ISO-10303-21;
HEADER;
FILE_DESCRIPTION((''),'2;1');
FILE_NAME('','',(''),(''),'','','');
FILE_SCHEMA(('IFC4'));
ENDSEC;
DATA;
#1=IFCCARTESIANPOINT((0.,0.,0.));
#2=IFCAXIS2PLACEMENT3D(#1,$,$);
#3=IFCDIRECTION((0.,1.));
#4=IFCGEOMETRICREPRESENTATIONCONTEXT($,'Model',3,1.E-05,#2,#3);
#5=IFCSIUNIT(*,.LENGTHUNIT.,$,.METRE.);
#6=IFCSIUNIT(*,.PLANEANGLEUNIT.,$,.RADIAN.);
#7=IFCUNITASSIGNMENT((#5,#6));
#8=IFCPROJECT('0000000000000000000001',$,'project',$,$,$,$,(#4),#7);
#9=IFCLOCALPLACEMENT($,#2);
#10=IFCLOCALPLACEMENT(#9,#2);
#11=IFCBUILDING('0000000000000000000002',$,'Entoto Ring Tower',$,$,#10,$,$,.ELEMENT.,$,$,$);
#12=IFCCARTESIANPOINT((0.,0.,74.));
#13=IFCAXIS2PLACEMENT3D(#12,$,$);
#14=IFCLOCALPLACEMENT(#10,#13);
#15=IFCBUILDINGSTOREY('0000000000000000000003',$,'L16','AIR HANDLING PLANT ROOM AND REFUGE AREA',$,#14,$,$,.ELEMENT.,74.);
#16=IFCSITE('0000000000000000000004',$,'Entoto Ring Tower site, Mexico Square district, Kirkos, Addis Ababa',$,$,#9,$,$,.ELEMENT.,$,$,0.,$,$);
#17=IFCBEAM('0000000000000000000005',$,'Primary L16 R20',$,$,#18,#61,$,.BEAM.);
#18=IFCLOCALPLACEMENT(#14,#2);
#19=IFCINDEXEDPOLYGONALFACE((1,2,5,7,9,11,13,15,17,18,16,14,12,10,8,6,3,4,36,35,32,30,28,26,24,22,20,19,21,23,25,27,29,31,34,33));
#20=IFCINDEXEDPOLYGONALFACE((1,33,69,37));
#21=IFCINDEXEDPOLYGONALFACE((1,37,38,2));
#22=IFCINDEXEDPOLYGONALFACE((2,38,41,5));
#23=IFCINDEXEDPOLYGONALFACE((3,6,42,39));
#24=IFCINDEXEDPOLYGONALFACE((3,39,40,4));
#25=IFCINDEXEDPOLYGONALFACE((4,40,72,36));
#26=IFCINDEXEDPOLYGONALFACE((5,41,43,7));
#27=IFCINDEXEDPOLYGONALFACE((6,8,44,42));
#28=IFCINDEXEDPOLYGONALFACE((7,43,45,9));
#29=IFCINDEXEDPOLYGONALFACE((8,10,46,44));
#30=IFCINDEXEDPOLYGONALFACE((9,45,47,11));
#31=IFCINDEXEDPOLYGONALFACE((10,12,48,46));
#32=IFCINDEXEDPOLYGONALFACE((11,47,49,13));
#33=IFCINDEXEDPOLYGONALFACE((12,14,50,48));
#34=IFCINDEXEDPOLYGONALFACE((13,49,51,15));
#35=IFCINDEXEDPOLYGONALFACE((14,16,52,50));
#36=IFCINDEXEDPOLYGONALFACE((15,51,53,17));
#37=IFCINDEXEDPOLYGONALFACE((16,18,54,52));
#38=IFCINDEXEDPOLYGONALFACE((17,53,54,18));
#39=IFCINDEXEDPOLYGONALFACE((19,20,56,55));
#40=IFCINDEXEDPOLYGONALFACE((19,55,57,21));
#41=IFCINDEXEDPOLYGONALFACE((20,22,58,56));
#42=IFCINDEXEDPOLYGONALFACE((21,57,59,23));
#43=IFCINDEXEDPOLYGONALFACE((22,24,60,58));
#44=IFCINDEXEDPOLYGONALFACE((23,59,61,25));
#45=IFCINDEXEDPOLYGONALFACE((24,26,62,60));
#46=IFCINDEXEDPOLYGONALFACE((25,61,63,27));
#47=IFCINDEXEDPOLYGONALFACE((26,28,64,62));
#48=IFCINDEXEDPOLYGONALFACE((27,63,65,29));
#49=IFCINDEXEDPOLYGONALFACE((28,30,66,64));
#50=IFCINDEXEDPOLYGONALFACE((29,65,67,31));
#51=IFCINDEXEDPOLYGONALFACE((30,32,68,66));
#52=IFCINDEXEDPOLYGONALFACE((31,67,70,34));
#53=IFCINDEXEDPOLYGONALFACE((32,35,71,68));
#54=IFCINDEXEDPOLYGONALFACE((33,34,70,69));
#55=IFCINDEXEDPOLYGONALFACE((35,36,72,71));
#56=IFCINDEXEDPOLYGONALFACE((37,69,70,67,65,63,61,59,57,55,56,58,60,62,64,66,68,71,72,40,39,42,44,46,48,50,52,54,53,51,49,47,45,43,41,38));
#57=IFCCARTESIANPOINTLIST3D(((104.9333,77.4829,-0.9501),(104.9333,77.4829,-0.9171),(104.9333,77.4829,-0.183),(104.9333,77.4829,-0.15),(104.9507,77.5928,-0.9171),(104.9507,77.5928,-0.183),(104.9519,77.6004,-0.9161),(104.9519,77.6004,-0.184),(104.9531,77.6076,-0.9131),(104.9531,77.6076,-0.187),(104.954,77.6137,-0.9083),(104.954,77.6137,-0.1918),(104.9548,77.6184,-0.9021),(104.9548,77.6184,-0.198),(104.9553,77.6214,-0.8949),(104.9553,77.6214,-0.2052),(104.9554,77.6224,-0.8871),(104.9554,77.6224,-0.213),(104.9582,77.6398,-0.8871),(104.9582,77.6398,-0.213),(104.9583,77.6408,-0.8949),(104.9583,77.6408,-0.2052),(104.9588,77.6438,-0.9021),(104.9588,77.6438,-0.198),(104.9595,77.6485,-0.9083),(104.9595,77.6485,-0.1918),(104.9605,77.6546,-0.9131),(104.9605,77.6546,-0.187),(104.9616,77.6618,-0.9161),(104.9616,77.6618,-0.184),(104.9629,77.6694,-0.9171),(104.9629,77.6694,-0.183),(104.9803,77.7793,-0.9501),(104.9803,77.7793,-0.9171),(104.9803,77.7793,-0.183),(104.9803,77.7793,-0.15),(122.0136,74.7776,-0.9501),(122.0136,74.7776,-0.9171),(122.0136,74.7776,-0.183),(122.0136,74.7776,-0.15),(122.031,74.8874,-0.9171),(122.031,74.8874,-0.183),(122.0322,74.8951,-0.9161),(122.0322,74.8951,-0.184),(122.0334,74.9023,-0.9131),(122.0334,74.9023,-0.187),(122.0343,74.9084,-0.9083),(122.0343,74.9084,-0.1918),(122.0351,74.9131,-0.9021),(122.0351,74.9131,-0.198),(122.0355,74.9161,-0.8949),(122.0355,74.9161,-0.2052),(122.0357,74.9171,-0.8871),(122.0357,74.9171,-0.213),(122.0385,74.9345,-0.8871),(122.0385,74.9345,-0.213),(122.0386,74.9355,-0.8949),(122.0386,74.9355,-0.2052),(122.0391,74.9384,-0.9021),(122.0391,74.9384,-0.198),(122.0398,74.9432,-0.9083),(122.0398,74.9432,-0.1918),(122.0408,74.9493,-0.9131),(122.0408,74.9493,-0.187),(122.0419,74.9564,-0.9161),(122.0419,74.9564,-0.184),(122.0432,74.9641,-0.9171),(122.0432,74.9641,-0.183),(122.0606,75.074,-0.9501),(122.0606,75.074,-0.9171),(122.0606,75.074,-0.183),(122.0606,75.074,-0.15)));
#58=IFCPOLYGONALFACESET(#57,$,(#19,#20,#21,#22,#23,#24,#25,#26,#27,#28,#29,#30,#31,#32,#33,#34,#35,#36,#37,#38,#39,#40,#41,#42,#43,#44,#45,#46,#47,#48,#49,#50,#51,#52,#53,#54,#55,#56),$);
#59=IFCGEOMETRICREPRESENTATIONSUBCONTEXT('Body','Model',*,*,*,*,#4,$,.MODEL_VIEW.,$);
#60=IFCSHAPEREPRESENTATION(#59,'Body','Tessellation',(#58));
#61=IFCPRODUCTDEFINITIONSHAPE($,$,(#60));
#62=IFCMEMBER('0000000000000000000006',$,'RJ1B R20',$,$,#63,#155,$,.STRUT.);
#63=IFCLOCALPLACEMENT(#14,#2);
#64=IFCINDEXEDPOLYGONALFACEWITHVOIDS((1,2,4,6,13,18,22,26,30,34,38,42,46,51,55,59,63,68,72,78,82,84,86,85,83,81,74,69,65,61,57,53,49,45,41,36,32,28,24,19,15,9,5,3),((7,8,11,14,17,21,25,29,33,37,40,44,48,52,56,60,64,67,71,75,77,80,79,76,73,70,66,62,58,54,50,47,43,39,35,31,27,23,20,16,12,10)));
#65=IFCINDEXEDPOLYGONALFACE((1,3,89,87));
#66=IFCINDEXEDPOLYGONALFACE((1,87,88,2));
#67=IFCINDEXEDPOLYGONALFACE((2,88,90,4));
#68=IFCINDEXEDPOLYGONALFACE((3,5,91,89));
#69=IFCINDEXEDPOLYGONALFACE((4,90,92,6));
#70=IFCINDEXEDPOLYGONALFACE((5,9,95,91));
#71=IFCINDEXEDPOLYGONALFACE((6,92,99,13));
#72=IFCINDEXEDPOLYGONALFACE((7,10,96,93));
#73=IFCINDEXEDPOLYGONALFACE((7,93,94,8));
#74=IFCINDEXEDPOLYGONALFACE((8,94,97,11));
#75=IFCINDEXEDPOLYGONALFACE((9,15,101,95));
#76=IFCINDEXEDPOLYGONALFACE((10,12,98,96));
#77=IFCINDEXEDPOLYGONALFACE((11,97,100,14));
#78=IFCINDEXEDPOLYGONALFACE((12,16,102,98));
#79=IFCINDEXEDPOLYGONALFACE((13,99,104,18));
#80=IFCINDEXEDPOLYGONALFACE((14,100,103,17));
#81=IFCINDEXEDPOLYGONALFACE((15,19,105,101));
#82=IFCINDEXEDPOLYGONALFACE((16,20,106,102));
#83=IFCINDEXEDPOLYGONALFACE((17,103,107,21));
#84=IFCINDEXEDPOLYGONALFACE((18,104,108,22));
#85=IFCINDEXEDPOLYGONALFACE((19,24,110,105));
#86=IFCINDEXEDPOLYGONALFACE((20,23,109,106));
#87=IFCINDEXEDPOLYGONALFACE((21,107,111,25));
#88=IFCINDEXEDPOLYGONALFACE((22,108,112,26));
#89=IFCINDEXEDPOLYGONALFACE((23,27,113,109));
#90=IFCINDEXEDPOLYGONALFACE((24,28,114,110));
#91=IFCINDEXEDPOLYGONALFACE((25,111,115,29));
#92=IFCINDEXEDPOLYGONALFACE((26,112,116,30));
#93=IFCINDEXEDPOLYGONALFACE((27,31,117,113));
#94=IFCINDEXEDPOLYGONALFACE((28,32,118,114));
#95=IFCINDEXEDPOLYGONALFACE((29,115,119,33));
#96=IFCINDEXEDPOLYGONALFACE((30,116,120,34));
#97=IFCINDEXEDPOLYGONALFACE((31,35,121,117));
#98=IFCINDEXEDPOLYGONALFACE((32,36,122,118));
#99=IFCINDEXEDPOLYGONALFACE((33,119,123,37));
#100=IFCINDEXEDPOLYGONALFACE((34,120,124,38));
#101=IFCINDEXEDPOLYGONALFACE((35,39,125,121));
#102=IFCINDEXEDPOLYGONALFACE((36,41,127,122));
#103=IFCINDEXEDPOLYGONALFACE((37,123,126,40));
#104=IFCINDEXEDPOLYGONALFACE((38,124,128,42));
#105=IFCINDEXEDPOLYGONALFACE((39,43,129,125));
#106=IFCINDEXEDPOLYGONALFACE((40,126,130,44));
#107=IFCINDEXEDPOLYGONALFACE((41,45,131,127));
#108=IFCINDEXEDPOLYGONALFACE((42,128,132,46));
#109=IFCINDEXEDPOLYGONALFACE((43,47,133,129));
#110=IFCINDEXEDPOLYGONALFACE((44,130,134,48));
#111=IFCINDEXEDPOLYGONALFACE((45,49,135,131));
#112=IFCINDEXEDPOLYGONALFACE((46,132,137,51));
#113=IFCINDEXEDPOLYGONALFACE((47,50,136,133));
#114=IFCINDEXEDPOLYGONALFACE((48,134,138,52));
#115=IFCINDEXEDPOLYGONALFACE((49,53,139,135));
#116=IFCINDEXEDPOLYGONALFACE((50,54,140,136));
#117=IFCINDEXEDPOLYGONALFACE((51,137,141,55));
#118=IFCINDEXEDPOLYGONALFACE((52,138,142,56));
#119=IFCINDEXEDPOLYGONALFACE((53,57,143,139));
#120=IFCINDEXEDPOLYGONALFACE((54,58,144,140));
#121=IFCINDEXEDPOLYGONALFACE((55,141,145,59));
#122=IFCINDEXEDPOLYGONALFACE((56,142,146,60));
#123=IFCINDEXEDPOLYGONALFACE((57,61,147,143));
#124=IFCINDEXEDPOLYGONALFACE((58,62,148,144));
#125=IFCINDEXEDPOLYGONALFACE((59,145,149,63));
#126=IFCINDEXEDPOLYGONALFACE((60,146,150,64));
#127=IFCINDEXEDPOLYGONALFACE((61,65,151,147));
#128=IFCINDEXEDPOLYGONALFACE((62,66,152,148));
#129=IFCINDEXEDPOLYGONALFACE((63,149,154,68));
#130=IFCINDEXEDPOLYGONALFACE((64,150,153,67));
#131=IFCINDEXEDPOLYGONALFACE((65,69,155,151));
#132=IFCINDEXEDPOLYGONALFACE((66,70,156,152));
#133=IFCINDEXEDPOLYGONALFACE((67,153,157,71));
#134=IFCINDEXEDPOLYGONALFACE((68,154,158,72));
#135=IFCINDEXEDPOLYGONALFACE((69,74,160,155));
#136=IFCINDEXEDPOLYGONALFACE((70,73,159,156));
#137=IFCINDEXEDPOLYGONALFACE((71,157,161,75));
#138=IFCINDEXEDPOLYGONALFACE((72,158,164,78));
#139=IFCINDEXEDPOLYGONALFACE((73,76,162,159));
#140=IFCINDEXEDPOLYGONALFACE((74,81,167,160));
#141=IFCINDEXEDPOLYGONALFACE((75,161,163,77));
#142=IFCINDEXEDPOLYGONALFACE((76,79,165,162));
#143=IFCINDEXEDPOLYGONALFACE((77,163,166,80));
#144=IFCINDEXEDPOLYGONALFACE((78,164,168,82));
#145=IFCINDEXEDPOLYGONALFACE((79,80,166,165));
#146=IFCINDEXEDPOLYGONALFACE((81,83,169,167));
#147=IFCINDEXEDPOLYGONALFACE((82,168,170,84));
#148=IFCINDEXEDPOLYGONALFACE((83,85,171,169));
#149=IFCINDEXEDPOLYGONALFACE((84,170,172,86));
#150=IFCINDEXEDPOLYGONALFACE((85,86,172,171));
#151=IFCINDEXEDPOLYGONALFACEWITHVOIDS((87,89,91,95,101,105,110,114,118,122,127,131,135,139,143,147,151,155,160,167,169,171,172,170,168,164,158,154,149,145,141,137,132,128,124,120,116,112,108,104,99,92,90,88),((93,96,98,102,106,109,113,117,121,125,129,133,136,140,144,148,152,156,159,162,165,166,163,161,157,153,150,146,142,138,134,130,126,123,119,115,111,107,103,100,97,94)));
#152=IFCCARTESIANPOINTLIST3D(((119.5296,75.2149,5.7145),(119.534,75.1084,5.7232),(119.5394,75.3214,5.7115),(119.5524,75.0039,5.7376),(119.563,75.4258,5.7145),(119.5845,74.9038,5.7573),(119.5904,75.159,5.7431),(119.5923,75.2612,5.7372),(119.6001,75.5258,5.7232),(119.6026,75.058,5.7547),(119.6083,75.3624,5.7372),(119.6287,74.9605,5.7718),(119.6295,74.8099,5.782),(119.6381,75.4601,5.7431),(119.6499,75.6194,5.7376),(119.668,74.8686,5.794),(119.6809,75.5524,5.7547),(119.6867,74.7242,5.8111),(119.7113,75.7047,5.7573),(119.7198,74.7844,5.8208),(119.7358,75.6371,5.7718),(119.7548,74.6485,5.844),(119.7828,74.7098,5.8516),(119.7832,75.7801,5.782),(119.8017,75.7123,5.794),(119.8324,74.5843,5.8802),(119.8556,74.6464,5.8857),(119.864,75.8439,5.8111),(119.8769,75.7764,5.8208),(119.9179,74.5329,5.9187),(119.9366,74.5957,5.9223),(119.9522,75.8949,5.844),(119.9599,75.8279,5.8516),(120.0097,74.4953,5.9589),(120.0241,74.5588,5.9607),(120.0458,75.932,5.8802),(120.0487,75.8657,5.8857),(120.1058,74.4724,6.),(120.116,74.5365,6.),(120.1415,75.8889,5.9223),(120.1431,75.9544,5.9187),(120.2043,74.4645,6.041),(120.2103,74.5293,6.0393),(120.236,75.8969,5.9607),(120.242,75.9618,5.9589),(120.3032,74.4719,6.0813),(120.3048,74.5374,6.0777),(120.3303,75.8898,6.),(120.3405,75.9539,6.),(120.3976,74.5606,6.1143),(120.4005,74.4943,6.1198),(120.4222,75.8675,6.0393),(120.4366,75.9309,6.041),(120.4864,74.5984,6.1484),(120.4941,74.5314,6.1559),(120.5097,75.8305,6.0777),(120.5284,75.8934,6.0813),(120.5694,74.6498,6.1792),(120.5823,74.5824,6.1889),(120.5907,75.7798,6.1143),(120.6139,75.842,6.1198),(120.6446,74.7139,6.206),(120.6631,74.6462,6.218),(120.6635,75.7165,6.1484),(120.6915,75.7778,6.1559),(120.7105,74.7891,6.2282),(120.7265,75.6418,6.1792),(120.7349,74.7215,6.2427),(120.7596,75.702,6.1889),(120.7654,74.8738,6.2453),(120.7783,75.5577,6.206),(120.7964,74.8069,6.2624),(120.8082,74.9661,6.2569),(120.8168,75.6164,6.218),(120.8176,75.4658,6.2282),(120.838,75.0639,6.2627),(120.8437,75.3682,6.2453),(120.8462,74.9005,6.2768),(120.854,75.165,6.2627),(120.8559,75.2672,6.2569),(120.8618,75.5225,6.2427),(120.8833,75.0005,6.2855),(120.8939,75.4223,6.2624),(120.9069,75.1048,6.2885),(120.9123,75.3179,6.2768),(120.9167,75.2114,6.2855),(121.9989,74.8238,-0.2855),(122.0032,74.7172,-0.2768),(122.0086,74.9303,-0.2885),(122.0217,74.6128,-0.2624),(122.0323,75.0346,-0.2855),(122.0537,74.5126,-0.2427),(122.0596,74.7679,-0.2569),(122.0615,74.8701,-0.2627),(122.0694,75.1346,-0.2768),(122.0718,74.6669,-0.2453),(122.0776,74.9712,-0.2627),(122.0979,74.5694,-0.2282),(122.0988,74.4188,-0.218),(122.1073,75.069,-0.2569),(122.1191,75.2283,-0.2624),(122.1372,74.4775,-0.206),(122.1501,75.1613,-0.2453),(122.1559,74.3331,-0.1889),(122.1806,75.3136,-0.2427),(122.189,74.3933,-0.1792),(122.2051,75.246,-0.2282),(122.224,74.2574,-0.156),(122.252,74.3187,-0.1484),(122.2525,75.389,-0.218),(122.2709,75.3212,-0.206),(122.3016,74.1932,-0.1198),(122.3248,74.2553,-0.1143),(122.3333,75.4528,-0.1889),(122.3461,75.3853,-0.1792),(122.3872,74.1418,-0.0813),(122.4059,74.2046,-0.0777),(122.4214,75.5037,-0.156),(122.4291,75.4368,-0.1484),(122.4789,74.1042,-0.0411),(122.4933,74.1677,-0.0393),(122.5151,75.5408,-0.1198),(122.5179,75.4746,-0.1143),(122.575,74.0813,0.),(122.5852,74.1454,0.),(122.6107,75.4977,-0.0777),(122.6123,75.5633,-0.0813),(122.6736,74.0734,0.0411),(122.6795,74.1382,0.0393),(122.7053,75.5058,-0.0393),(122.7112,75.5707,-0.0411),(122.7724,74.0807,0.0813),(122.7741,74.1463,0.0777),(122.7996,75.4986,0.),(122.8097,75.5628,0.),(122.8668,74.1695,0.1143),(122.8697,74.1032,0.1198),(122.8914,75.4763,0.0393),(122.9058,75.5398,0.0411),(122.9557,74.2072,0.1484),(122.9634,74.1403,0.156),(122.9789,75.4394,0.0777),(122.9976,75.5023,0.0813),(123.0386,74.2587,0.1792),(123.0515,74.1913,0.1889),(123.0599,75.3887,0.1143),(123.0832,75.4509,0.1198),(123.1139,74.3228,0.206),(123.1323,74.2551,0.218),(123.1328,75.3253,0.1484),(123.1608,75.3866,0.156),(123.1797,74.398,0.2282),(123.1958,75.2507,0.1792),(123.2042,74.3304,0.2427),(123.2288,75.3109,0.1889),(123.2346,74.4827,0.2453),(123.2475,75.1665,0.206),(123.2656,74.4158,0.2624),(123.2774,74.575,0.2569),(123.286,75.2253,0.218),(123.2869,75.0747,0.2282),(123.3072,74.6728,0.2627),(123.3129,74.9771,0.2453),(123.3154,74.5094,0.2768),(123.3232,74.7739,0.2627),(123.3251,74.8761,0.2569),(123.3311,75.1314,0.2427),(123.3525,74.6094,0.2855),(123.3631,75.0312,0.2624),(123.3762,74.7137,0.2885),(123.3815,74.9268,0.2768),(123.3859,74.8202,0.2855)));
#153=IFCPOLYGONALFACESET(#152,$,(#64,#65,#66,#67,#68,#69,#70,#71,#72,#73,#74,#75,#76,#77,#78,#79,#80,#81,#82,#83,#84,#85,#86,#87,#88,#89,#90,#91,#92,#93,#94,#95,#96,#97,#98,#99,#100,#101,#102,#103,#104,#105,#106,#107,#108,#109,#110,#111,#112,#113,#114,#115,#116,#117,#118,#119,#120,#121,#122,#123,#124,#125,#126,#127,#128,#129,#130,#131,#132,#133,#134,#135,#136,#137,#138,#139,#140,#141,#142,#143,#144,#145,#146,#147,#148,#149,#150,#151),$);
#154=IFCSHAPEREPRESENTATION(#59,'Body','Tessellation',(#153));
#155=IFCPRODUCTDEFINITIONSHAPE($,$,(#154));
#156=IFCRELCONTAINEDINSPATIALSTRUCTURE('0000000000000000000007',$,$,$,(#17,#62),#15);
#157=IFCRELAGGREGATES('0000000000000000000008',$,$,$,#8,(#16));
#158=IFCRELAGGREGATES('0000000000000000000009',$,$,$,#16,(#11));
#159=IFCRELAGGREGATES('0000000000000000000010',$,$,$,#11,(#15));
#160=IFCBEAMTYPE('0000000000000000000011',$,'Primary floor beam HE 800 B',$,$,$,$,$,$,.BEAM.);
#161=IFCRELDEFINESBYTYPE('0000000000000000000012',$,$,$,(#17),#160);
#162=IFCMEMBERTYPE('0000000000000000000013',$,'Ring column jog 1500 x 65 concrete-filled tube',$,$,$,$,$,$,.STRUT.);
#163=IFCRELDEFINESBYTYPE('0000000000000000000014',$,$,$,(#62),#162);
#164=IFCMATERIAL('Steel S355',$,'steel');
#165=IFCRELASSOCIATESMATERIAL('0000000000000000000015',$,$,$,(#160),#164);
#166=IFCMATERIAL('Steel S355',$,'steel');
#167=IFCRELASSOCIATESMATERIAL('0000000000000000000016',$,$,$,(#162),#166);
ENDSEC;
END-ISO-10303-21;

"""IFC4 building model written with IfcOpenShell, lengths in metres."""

from ifc_helpers import new_model, si_unit, direction, frame, origin, origin_2d, place, context, subcontext, project, spatial, circle, hollow_circle, i_section, extrude, material, material_profile, profile_set, type_object, element, save


model = new_model("IFC4")

# Units and contexts
model_context = context("Model", 3, precision=1e-05, world=origin(), true_north=direction((0.0, 1.0)))
body_context = subcontext(model_context, "Body", "Model", "MODEL_VIEW")
ifc_project = project(units=[si_unit("LENGTHUNIT", "METRE"), si_unit("PLANEANGLEUNIT", "RADIAN")], contexts=[model_context])

# Site, building, storey
site_placement = place(None, origin())
site = spatial("IfcSite", under=ifc_project, at=site_placement, Name="Entoto Ring Tower site, Mexico Square district, Kirkos, Addis Ababa", CompositionType="ELEMENT", RefElevation=0.0)
building_placement = place(site_placement, origin())
building = spatial("IfcBuilding", under=site, at=building_placement, Name="Entoto Ring Tower", CompositionType="ELEMENT")
storey_placement = place(building_placement, frame((0.0, 0.0, 74.0)))
storey = spatial("IfcBuildingStorey", under=building, at=storey_placement, Name="L16", Description="AIR HANDLING PLANT ROOM AND REFUGE AREA", CompositionType="ELEMENT", Elevation=74.0)

# Beam
ifc_material_1 = material(Name="Steel S355", Category="steel")
ifc_material_profile_1 = material_profile(ifc_material_1, i_section(OverallWidth=0.3, OverallDepth=0.8, WebThickness=0.0176, FlangeThickness=0.033, FilletRadius=0.03, at=origin_2d()), Name="HE 800 B")
ifc_profile_set_1 = profile_set([ifc_material_profile_1], Name="Steel S355")
beam_type_1 = type_object("IfcBeamType", Name="Primary floor beam HE 800 B", PredefinedType="BEAM", material=ifc_profile_set_1)
beam_1_placement = place(storey_placement, frame((104.9568, 77.6311, -0.55), z_axis=(0.987688, -0.156438, 0.0), x_axis=(0.156438, 0.987688, 0.0)))
element("IfcBeam", 1, at=beam_1_placement, inside=storey, type_object=beam_type_1, Name="Primary L16 R20", PredefinedType="BEAM", context=body_context, shape_type="SweptSolid", body=[
    extrude(i_section(OverallWidth=0.3, OverallDepth=0.8, WebThickness=0.0176, FlangeThickness=0.033, FilletRadius=0.03, at=origin_2d()), origin(), (0.0, 0.0, 1.0), 17.2932),
])

# Member
ifc_material_2 = material(Name="Steel S355", Category="steel")
ifc_material_profile_2 = material_profile(ifc_material_2, hollow_circle(Radius=0.75, WallThickness=0.0649, at=origin_2d()), Name="CHS 1500 x 65")
ifc_material_3 = material(Name="Concrete C60/75", Category="concrete")
ifc_material_profile_3 = material_profile(ifc_material_3, circle(Radius=0.6851, at=origin_2d()), Name="Concrete C60/75 infill")
ifc_profile_set_2 = profile_set([ifc_material_profile_2, ifc_material_profile_3], Name="Steel S355")
member_type_1 = type_object("IfcMemberType", Name="Ring column jog 1500 x 65 concrete-filled tube", PredefinedType="STRUT", material=ifc_profile_set_2)
member_1_placement = place(storey_placement, frame((122.6924, 74.822, 0.0), z_axis=(-0.379882, 0.060171, 0.923076), x_axis=(-0.156444, -0.987687, 0.0)))
element("IfcMember", 2, at=member_1_placement, inside=storey, type_object=member_type_1, Name="RJ1B R20", PredefinedType="STRUT", context=body_context, shape_type="SweptSolid", body=[
    extrude(hollow_circle(Radius=0.75, WallThickness=0.0649, at=origin_2d()), origin(), (0.0, 0.0, 1.0), 6.5),
])

save(model, "model.ifc")
